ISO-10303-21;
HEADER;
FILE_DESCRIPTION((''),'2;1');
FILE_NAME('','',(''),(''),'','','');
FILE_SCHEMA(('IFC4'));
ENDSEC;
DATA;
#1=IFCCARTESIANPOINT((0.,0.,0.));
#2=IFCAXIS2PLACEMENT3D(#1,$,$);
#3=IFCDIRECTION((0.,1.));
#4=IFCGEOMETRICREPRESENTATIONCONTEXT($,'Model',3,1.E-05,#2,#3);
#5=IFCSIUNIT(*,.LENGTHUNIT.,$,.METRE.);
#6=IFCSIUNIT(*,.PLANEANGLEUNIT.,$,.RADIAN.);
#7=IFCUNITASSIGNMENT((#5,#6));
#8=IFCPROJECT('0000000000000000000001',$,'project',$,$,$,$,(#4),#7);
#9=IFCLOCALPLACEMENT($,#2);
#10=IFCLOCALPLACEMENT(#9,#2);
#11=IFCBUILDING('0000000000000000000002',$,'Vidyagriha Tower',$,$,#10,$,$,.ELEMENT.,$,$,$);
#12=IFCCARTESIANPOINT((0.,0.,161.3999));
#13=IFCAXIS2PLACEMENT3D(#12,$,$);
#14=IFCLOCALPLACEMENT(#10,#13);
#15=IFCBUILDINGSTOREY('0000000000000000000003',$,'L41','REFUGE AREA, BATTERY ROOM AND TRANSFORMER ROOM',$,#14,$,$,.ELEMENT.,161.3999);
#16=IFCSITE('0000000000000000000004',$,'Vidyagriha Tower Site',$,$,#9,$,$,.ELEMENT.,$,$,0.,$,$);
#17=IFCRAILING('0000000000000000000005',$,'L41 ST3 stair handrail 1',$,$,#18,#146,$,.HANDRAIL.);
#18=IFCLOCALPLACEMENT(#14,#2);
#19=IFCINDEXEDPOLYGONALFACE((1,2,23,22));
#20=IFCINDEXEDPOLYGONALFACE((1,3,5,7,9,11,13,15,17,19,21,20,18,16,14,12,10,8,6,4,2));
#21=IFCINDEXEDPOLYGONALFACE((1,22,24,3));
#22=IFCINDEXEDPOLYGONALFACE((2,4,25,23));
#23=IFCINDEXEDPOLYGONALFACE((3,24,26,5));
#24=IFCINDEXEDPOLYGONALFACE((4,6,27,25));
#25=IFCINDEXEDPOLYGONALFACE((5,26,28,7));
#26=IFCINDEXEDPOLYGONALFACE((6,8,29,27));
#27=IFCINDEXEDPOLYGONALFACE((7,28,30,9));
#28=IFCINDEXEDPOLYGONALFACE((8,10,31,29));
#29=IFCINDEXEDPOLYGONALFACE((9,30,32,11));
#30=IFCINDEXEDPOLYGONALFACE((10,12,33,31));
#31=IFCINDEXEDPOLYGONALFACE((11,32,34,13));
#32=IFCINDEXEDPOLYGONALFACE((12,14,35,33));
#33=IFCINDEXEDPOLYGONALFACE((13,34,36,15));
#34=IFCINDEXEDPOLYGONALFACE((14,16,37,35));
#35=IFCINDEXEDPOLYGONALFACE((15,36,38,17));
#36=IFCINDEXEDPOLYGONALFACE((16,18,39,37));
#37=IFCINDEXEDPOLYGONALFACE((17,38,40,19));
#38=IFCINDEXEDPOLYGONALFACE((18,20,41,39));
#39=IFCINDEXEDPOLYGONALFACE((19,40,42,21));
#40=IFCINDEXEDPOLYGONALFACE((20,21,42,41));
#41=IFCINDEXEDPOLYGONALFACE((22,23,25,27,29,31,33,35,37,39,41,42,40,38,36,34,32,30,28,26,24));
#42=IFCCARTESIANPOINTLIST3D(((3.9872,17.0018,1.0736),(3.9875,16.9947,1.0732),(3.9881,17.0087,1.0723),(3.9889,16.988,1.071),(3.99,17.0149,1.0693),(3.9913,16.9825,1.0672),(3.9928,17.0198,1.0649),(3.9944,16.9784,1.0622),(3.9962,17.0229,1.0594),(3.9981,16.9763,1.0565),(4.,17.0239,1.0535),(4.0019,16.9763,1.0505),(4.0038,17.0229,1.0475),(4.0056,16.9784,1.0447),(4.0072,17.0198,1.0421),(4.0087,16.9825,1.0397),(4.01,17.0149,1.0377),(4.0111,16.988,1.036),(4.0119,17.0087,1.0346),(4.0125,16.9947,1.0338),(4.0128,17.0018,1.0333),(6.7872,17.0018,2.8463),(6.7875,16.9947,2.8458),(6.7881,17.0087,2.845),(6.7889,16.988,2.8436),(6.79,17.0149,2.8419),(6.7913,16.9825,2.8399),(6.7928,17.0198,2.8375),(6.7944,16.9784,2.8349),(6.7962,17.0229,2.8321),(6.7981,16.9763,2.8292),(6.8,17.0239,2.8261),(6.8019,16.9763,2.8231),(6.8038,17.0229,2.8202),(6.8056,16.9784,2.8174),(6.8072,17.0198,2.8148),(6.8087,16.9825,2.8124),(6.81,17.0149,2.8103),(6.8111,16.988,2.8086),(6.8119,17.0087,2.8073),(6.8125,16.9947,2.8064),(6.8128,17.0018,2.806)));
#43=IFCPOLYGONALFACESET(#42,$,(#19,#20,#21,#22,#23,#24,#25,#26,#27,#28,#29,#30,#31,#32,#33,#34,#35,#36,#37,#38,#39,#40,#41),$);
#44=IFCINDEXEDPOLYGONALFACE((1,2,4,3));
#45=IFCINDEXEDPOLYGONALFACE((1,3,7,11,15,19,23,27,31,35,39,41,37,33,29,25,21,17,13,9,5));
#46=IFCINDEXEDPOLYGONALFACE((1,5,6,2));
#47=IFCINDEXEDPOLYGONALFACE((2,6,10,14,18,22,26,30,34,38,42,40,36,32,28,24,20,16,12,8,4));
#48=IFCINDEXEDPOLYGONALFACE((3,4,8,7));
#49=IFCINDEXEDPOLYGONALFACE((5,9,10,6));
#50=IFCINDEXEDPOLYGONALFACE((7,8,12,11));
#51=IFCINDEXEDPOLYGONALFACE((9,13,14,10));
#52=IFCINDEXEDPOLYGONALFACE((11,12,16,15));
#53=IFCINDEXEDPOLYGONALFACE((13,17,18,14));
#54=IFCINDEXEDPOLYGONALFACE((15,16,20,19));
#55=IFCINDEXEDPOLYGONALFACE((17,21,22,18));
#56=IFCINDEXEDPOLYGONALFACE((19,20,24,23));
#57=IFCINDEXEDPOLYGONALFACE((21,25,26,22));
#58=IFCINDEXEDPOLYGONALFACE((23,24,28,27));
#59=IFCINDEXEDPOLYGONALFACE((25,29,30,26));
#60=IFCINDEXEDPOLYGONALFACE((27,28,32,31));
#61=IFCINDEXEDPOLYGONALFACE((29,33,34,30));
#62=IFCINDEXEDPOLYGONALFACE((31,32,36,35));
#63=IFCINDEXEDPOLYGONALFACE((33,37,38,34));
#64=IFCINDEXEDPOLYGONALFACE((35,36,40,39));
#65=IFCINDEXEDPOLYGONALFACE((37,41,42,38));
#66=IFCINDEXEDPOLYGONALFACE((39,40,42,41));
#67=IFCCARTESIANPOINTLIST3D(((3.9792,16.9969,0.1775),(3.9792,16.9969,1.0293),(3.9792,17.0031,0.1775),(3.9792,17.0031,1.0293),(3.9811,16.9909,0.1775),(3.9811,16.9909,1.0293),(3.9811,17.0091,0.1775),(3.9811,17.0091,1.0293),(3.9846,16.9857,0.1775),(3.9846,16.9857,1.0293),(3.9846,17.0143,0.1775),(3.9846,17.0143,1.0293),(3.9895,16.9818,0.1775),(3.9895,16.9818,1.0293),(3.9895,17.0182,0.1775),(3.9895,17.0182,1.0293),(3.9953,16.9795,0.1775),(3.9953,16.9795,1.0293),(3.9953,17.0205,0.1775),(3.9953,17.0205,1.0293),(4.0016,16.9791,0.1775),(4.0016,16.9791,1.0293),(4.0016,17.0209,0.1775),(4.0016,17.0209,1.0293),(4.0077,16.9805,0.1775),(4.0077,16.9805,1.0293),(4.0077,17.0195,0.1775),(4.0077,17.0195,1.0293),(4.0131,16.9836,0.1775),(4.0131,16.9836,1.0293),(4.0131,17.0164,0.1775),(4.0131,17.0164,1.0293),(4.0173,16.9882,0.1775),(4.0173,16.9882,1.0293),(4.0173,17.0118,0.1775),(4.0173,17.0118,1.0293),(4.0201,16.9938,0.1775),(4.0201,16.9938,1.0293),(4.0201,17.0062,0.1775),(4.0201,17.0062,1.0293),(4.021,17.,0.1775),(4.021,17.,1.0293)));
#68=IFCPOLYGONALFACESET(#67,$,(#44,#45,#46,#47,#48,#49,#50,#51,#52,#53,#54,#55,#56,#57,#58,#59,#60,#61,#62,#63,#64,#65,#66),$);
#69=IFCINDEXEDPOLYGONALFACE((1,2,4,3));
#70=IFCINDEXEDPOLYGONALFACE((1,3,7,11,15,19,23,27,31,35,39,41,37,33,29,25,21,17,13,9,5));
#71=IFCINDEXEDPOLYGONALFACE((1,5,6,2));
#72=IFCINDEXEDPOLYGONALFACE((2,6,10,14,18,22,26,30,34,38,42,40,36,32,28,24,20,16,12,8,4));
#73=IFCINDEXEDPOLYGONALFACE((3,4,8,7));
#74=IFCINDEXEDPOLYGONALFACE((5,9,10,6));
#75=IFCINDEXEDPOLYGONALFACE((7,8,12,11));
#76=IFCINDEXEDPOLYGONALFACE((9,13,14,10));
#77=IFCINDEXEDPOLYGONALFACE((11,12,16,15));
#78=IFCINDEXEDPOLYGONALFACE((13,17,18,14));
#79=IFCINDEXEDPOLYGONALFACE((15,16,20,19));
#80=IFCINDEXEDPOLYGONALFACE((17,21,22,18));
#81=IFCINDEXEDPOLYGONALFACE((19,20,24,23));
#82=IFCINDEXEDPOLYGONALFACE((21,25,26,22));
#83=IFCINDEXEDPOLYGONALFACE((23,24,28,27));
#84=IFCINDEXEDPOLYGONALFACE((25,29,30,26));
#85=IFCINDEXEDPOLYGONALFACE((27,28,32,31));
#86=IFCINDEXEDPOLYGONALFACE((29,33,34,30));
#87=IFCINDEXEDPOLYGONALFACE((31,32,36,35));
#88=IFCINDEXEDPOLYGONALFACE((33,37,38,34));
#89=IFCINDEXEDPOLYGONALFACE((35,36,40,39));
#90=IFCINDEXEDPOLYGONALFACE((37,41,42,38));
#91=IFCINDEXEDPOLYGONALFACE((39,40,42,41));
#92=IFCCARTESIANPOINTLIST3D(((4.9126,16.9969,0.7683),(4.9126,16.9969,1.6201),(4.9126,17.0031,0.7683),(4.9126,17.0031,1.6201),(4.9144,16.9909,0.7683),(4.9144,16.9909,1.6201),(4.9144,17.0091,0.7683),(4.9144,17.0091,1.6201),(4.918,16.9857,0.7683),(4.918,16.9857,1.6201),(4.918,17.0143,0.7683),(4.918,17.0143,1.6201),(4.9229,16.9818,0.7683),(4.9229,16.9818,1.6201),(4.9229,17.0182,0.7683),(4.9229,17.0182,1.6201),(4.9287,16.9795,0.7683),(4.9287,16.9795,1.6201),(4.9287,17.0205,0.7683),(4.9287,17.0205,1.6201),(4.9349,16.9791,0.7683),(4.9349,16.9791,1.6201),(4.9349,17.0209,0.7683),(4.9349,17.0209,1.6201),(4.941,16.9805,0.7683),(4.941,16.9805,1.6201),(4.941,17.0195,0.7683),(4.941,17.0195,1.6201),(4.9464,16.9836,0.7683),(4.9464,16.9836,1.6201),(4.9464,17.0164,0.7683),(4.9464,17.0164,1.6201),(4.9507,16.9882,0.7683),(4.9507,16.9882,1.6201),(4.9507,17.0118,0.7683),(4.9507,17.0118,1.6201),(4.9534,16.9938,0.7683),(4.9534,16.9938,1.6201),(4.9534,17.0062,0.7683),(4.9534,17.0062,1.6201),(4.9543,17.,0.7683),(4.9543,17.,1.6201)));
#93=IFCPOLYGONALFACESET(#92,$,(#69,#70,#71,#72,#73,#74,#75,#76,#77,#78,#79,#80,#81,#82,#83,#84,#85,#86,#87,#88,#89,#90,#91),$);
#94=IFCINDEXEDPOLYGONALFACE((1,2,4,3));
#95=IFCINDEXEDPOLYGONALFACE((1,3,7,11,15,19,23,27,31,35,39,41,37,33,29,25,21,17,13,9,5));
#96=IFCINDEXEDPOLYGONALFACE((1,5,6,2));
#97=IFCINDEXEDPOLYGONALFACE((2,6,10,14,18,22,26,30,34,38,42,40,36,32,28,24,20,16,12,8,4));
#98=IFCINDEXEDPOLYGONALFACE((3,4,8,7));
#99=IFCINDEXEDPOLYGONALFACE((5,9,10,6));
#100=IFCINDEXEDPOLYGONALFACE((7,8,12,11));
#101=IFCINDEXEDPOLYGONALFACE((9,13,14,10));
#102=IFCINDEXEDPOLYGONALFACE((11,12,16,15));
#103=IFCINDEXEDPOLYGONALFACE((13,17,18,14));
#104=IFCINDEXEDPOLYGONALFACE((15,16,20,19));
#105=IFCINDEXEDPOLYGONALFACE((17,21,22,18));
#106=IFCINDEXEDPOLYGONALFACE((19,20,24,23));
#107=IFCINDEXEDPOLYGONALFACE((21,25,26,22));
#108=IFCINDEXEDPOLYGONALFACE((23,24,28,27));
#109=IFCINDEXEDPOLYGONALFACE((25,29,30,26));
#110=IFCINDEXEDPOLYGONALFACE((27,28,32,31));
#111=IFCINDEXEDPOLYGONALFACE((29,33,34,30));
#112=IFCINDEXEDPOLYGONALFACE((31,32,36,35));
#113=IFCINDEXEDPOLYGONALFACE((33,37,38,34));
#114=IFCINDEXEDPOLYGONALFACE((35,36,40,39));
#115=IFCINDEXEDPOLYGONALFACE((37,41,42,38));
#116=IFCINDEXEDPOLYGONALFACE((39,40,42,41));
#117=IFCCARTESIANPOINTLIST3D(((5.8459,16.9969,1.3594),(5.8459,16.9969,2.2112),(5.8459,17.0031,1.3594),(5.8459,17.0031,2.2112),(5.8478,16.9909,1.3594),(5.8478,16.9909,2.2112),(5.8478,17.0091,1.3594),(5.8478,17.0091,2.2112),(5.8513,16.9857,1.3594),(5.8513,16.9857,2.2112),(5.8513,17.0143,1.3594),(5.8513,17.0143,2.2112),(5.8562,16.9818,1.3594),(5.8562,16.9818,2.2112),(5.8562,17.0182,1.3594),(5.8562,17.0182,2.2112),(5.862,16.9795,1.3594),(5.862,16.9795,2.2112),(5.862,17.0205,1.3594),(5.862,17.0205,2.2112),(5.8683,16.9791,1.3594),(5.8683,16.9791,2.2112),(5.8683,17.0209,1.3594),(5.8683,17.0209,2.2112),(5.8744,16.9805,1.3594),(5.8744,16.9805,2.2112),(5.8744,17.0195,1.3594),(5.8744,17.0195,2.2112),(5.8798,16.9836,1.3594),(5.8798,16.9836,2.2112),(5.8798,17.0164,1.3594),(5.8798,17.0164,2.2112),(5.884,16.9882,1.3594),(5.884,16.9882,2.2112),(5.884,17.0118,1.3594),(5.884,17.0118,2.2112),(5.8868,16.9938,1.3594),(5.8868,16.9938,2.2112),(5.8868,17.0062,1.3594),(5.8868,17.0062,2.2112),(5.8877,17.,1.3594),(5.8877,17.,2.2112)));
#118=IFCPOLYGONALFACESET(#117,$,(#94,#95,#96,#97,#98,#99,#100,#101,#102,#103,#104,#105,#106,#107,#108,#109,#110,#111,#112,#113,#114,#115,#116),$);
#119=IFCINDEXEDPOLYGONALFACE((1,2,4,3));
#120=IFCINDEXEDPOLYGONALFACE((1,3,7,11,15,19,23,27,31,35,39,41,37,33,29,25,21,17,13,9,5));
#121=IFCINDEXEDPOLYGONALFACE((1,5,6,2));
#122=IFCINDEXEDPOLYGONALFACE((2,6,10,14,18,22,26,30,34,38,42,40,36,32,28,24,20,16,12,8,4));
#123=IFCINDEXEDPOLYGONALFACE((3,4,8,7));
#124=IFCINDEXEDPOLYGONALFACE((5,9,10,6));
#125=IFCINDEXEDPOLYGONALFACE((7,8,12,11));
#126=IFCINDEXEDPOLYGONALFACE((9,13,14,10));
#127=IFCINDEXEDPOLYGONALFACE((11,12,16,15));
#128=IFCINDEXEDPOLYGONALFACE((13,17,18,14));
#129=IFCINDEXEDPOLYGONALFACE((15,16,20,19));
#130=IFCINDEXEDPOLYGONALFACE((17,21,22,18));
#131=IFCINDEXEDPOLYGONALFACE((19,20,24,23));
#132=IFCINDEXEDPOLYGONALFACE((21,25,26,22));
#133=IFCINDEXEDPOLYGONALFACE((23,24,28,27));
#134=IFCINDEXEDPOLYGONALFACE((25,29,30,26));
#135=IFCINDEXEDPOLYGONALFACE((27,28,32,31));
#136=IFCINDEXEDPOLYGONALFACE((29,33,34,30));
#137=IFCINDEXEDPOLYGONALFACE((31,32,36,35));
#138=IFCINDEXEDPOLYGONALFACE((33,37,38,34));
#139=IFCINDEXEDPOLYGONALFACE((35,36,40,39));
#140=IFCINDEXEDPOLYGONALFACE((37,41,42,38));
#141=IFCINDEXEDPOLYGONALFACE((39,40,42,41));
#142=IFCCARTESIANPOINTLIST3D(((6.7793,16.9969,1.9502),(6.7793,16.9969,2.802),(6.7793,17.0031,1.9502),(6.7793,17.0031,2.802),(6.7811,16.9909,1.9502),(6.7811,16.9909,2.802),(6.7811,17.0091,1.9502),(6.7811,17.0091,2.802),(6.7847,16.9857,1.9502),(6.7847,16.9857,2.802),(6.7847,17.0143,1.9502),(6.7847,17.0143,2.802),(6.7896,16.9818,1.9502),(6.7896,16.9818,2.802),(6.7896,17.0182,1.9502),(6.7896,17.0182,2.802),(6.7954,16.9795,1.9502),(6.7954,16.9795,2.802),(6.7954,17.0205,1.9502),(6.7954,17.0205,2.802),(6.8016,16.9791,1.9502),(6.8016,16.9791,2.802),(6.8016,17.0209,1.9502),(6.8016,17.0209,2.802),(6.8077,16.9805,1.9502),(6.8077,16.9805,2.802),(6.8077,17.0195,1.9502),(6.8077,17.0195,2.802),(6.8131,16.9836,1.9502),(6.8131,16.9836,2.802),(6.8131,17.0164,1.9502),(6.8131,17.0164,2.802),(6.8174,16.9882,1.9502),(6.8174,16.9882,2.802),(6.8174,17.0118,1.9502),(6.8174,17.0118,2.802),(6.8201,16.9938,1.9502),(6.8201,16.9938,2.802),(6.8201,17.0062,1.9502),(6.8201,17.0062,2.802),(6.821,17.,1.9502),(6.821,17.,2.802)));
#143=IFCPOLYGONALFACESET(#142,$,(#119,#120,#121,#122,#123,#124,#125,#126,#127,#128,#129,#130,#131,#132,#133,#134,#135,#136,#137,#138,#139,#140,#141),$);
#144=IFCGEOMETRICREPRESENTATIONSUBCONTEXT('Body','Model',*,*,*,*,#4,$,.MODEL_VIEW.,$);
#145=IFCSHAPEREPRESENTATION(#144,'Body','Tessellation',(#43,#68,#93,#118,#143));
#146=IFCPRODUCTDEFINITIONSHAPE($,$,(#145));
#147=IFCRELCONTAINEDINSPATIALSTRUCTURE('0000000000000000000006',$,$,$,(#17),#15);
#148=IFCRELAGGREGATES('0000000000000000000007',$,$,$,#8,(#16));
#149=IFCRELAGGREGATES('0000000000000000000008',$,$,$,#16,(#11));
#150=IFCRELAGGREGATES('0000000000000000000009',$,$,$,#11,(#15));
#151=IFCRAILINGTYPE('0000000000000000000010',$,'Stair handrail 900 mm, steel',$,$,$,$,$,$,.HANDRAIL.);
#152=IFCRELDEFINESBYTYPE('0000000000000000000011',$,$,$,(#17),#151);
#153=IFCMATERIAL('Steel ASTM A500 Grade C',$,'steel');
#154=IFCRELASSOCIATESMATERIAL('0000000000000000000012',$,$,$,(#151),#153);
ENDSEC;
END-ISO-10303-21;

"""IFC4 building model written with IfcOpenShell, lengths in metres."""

from ifc_helpers import new_model, si_unit, direction, frame, origin, origin_2d, place, context, subcontext, project, spatial, circle, extrude, material, type_object, element, save


model = new_model("IFC4")

# Units and contexts
model_context = context("Model", 3, precision=1e-05, world=origin(), true_north=direction((0.0, 1.0)))
body_context = subcontext(model_context, "Body", "Model", "MODEL_VIEW")
ifc_project = project(units=[si_unit("LENGTHUNIT", "METRE"), si_unit("PLANEANGLEUNIT", "RADIAN")], contexts=[model_context])

# Site, building, storey
site_placement = place(None, origin())
site = spatial("IfcSite", under=ifc_project, at=site_placement, Name="Vidyagriha Tower Site", CompositionType="ELEMENT", RefElevation=0.0)
building_placement = place(site_placement, origin())
building = spatial("IfcBuilding", under=site, at=building_placement, Name="Vidyagriha Tower", CompositionType="ELEMENT")
storey_placement = place(building_placement, frame((0.0, 0.0, 161.3999)))
storey = spatial("IfcBuildingStorey", under=building, at=storey_placement, Name="L41", Description="REFUGE AREA, BATTERY ROOM AND TRANSFORMER ROOM", CompositionType="ELEMENT", Elevation=161.3999)

# Railing
ifc_material_1 = material(Name="Steel ASTM A500 Grade C", Category="steel")
railing_type_1 = type_object("IfcRailingType", Name="Stair handrail 900 mm, steel", PredefinedType="HANDRAIL", material=ifc_material_1)
railing_1_placement = place(storey_placement, frame((4.0, 17.0, 0.1775)))
element("IfcRailing", 1, at=railing_1_placement, inside=storey, type_object=railing_type_1, Name="L41 ST3 stair handrail 1", PredefinedType="HANDRAIL", context=body_context, shape_type="SweptSolid", body=[
    extrude(circle(Radius=0.0239, at=origin_2d()), frame((0.0, 0.0, 0.876), z_axis=(0.844909, 0.0, 0.53491), x_axis=(0.0, 1.0, 0.0)), (0.0, 0.0, 1.0), 3.314),
    extrude(circle(Radius=0.021, at=origin_2d()), origin(), (0.0, 0.0, 1.0), 0.8518),
    extrude(circle(Radius=0.021, at=origin_2d()), frame((0.9333, 0.0, 0.5908)), (0.0, 0.0, 1.0), 0.8518),
    extrude(circle(Radius=0.021, at=origin_2d()), frame((1.8667, 0.0, 1.1819)), (0.0, 0.0, 1.0), 0.8518),
    extrude(circle(Radius=0.021, at=origin_2d()), frame((2.8, 0.0, 1.7727)), (0.0, 0.0, 1.0), 0.8518),
])

save(model, "model.ifc")
